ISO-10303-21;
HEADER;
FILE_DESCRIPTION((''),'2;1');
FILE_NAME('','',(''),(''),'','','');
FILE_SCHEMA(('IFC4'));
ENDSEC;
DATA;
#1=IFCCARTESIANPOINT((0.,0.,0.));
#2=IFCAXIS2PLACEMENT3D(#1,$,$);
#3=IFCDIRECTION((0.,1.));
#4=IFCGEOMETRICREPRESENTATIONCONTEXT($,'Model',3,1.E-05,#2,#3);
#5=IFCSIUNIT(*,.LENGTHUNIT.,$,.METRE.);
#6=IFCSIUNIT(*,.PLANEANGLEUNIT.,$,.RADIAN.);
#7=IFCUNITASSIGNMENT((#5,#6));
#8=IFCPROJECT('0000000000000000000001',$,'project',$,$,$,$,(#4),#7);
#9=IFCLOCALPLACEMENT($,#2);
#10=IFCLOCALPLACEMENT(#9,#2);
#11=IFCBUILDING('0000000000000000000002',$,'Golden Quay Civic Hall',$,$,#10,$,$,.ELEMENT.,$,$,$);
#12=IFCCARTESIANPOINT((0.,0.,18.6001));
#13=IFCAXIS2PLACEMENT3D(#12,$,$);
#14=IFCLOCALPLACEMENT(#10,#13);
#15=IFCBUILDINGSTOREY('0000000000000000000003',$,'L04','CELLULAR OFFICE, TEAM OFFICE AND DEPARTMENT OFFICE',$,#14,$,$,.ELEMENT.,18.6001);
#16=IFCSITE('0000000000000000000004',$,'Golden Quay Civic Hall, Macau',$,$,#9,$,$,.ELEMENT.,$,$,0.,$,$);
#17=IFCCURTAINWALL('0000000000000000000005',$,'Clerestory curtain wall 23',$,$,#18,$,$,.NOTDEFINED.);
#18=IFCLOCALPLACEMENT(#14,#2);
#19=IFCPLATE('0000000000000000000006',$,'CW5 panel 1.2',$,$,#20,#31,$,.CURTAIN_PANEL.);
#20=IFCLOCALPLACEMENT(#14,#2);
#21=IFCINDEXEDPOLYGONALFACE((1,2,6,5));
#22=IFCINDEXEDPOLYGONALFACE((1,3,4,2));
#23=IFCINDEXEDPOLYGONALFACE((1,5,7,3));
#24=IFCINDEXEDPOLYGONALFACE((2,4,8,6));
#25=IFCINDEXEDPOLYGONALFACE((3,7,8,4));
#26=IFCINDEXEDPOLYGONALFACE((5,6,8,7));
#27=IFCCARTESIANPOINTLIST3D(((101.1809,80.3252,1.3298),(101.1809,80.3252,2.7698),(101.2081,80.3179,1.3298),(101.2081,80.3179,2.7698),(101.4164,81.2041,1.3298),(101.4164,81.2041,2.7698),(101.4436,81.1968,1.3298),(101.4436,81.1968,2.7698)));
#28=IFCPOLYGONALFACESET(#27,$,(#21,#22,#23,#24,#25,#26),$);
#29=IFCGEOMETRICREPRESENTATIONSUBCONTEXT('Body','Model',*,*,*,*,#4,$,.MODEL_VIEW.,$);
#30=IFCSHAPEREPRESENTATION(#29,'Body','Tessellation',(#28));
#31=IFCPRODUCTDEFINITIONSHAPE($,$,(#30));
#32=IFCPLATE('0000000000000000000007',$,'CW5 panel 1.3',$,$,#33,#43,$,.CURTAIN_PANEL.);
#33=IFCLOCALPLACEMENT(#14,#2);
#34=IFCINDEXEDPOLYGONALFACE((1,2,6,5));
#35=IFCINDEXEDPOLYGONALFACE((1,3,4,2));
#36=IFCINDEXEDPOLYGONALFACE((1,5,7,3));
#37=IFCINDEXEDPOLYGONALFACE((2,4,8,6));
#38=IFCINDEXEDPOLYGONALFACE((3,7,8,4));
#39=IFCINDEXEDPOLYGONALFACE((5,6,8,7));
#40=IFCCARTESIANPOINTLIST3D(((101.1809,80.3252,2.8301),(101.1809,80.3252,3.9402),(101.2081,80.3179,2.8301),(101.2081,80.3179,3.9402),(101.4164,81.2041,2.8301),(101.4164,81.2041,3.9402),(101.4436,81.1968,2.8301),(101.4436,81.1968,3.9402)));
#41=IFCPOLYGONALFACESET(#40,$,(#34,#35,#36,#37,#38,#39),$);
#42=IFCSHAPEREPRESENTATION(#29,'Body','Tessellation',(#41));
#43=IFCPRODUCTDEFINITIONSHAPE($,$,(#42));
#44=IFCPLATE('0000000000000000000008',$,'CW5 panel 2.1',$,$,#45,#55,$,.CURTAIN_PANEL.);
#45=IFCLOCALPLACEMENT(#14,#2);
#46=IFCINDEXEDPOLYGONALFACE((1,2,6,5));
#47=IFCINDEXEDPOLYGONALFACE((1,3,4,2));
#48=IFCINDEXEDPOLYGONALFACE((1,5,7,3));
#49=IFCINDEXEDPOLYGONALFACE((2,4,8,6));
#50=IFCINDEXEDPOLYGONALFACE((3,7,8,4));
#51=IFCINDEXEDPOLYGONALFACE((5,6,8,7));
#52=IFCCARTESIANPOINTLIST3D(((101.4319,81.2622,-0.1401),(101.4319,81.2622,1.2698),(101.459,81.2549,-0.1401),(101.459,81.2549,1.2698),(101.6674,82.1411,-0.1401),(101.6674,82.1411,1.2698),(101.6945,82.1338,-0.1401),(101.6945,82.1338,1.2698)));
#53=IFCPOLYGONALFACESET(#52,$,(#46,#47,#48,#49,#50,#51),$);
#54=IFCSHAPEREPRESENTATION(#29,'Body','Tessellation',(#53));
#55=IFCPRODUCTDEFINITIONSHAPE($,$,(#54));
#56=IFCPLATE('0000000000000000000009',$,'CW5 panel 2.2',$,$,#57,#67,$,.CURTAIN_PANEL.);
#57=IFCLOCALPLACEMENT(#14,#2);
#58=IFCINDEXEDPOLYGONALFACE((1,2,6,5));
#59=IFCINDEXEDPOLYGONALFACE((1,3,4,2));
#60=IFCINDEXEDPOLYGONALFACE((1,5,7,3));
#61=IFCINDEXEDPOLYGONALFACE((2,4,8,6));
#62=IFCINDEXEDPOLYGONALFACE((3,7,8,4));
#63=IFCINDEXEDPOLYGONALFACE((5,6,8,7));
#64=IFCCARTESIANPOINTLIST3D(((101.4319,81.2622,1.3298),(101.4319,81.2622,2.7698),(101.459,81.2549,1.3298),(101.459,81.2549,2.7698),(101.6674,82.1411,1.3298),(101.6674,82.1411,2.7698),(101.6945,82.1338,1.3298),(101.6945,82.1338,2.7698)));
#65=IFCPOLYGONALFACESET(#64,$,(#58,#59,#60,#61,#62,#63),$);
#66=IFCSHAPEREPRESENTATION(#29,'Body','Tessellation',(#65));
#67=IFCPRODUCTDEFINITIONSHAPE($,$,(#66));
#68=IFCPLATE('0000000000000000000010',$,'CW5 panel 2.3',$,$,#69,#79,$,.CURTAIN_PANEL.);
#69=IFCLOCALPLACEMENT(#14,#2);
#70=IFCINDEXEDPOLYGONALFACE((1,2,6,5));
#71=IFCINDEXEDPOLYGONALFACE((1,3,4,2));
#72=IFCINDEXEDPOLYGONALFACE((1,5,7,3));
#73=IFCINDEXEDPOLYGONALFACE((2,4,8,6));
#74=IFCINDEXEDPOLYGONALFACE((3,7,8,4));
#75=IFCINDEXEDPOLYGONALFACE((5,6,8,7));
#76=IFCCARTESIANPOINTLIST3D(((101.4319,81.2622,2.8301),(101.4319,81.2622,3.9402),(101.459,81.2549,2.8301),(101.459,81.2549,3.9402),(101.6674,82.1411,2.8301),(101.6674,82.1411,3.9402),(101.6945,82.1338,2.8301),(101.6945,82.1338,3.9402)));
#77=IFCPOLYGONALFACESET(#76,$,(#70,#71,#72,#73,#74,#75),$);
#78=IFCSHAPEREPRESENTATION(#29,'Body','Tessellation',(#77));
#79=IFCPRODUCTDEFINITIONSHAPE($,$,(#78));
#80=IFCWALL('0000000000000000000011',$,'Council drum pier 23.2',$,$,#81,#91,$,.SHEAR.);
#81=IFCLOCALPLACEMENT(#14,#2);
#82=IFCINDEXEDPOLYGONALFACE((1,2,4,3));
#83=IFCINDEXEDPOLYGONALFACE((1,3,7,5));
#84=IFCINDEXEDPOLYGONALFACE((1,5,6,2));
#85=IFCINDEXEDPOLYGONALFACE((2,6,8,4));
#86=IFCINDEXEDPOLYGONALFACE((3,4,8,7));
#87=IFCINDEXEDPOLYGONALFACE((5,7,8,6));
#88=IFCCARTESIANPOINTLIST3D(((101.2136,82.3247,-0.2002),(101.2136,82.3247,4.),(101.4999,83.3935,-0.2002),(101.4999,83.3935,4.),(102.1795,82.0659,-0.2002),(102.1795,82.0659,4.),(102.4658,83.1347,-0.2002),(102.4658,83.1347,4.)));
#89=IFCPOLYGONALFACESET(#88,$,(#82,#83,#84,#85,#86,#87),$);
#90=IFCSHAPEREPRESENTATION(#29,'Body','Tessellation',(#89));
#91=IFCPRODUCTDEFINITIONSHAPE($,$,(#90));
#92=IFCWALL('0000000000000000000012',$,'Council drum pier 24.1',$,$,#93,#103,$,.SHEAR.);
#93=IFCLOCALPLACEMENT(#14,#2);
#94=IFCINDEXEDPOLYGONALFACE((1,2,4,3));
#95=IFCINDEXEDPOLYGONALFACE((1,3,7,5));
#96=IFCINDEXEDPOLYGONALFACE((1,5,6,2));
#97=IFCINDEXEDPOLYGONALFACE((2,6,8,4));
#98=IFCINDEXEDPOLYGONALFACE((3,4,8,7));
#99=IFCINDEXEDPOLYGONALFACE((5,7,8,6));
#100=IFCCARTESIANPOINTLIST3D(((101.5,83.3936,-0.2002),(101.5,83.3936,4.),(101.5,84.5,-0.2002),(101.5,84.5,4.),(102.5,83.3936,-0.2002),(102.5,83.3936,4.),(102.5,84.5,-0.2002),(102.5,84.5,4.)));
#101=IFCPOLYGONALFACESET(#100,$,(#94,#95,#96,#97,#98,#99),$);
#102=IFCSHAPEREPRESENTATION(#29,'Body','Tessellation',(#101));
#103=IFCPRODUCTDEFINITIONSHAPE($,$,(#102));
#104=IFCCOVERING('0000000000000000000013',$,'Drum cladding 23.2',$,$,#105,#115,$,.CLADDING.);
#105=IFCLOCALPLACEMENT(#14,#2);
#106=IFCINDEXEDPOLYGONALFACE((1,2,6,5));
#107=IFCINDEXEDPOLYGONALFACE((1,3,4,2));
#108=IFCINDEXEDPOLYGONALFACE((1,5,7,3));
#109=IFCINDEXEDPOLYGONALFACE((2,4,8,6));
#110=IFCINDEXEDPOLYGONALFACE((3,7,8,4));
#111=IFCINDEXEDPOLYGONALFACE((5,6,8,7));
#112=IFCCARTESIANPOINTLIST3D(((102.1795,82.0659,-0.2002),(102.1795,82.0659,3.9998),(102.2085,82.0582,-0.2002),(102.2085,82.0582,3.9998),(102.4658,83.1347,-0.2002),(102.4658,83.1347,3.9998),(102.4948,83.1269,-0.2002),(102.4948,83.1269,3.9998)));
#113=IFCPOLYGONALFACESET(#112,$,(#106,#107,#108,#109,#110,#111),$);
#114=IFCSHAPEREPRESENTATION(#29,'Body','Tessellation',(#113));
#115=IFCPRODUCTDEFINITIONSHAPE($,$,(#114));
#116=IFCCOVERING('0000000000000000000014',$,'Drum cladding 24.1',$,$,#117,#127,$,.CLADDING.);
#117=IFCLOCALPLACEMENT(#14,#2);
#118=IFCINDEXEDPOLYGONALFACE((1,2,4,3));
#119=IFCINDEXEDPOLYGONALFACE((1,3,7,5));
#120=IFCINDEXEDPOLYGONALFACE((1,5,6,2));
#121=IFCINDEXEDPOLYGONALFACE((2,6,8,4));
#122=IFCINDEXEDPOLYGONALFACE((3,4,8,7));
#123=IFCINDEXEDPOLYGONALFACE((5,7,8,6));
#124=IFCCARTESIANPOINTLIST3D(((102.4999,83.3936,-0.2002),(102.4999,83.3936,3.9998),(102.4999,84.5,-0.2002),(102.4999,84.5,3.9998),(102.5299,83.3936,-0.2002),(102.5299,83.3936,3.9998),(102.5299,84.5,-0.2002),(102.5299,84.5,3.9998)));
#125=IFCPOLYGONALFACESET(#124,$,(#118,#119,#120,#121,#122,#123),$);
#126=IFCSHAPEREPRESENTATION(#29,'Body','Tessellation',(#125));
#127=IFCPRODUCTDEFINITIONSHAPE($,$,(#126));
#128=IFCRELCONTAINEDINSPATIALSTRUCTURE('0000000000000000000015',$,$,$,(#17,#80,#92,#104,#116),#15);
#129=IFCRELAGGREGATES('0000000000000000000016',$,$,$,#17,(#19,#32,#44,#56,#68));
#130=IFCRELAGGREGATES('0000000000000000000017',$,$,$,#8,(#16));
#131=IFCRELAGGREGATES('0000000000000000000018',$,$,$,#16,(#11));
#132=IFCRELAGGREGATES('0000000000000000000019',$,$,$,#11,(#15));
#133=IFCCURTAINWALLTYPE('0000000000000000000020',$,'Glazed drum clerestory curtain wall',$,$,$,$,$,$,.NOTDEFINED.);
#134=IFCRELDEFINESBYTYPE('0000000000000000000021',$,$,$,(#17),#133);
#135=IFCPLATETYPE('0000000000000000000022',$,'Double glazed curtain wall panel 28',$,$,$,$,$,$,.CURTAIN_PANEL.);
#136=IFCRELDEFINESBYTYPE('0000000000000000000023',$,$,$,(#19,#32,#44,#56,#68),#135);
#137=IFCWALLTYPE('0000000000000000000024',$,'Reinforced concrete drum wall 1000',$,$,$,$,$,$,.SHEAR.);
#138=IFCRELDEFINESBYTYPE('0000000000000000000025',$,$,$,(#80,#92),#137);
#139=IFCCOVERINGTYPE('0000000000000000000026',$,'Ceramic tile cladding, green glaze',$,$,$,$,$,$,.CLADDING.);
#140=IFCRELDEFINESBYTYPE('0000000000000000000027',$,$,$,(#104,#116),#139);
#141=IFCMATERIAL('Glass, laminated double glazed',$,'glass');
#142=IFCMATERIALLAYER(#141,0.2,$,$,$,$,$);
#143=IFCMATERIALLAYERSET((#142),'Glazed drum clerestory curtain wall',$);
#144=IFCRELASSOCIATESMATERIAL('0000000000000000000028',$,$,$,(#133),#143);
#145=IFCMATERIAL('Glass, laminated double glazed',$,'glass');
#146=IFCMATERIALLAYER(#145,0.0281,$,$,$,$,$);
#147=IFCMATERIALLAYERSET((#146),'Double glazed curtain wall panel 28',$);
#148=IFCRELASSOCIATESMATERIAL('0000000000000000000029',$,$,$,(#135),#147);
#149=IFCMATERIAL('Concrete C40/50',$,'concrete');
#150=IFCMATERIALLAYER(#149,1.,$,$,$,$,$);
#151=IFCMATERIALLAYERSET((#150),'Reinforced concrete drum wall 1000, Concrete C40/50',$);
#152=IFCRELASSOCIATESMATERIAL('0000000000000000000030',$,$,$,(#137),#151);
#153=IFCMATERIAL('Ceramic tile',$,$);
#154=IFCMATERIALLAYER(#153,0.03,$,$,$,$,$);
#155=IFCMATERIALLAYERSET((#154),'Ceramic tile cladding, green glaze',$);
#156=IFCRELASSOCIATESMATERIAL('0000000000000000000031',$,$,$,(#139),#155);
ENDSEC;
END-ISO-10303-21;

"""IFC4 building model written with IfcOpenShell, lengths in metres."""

from ifc_helpers import new_model, si_unit, direction, frame, frame_2d, origin, origin_2d, place, context, subcontext, project, spatial, rectangle, extrude, material, layer, layer_set, type_object, element, aggregate, save


model = new_model("IFC4")

# Units and contexts
model_context = context("Model", 3, precision=1e-05, world=origin(), true_north=direction((0.0, 1.0)))
body_context = subcontext(model_context, "Body", "Model", "MODEL_VIEW")
ifc_project = project(units=[si_unit("LENGTHUNIT", "METRE"), si_unit("PLANEANGLEUNIT", "RADIAN")], contexts=[model_context])

# Site, building, storey
site_placement = place(None, origin())
site = spatial("IfcSite", under=ifc_project, at=site_placement, Name="Golden Quay Civic Hall, Macau", CompositionType="ELEMENT", RefElevation=0.0)
building_placement = place(site_placement, origin())
building = spatial("IfcBuilding", under=site, at=building_placement, Name="Golden Quay Civic Hall", CompositionType="ELEMENT")
storey_placement = place(building_placement, frame((0.0, 0.0, 18.6001)))
storey = spatial("IfcBuildingStorey", under=building, at=storey_placement, Name="L04", Description="CELLULAR OFFICE, TEAM OFFICE AND DEPARTMENT OFFICE", CompositionType="ELEMENT", Elevation=18.6001)

# Curtain wall
ifc_material_1 = material(Name="Glass, laminated double glazed", Category="glass")
ifc_layer_1 = layer(ifc_material_1, 0.2)
ifc_layer_set_1 = layer_set([ifc_layer_1], Name="Glazed drum clerestory curtain wall")
curtain_wall_type = type_object("IfcCurtainWallType", Name="Glazed drum clerestory curtain wall", PredefinedType="NOTDEFINED", material=ifc_layer_set_1)
curtain_wall_1_placement = place(storey_placement, origin())
curtain_wall_1 = element("IfcCurtainWall", 1, at=curtain_wall_1_placement, inside=storey, type_object=curtain_wall_type, Name="Clerestory curtain wall 23", PredefinedType="NOTDEFINED")

# Plates
ifc_material_2 = material(Name="Glass, laminated double glazed", Category="glass")
ifc_layer_2 = layer(ifc_material_2, 0.0281)
ifc_layer_set_2 = layer_set([ifc_layer_2], Name="Double glazed curtain wall panel 28")
plate_type = type_object("IfcPlateType", Name="Double glazed curtain wall panel 28", PredefinedType="CURTAIN_PANEL", material=ifc_layer_set_2)
plate_1_placement = place(storey_placement, frame((101.3123, 80.761, 1.3298), z_axis=(0.0, 0.0, 1.0), x_axis=(0.258808, 0.965929, 0.0)))
plate_1 = element("IfcPlate", 2, at=plate_1_placement, type_object=plate_type, Name="CW5 panel 1.2", PredefinedType="CURTAIN_PANEL", context=body_context, shape_type="SweptSolid", body=[
    extrude(rectangle(XDim=0.9099, YDim=0.0281, at=origin_2d()), origin(), (0.0, 0.0, 1.0), 1.4399),
])
plate_2_placement = place(storey_placement, frame((101.3123, 80.761, 2.8301), z_axis=(0.0, 0.0, 1.0), x_axis=(0.258808, 0.965929, 0.0)))
plate_2 = element("IfcPlate", 3, at=plate_2_placement, type_object=plate_type, Name="CW5 panel 1.3", PredefinedType="CURTAIN_PANEL", context=body_context, shape_type="SweptSolid", body=[
    extrude(rectangle(XDim=0.9099, YDim=0.0281, at=origin_2d()), origin(), (0.0, 0.0, 1.0), 1.1101),
])
plate_3_placement = place(storey_placement, frame((101.5632, 81.698, -0.1401), z_axis=(0.0, 0.0, 1.0), x_axis=(0.258808, 0.965929, 0.0)))
plate_3 = element("IfcPlate", 4, at=plate_3_placement, type_object=plate_type, Name="CW5 panel 2.1", PredefinedType="CURTAIN_PANEL", context=body_context, shape_type="SweptSolid", body=[
    extrude(rectangle(XDim=0.9099, YDim=0.0281, at=origin_2d()), origin(), (0.0, 0.0, 1.0), 1.4099),
])
plate_4_placement = place(storey_placement, frame((101.5632, 81.698, 1.3298), z_axis=(0.0, 0.0, 1.0), x_axis=(0.258808, 0.965929, 0.0)))
plate_4 = element("IfcPlate", 5, at=plate_4_placement, type_object=plate_type, Name="CW5 panel 2.2", PredefinedType="CURTAIN_PANEL", context=body_context, shape_type="SweptSolid", body=[
    extrude(rectangle(XDim=0.9099, YDim=0.0281, at=origin_2d()), origin(), (0.0, 0.0, 1.0), 1.4399),
])
plate_5_placement = place(storey_placement, frame((101.5632, 81.698, 2.8301), z_axis=(0.0, 0.0, 1.0), x_axis=(0.258808, 0.965929, 0.0)))
plate_5 = element("IfcPlate", 6, at=plate_5_placement, type_object=plate_type, Name="CW5 panel 2.3", PredefinedType="CURTAIN_PANEL", context=body_context, shape_type="SweptSolid", body=[
    extrude(rectangle(XDim=0.9099, YDim=0.0281, at=origin_2d()), origin(), (0.0, 0.0, 1.0), 1.1101),
])
aggregate(curtain_wall_1, [plate_1, plate_2, plate_3, plate_4, plate_5])

# Walls
ifc_material_3 = material(Name="Concrete C40/50", Category="concrete")
ifc_layer_3 = layer(ifc_material_3, 1.0)
ifc_layer_set_3 = layer_set([ifc_layer_3], Name="Reinforced concrete drum wall 1000, Concrete C40/50")
wall_type = type_object("IfcWallType", Name="Reinforced concrete drum wall 1000", PredefinedType="SHEAR", material=ifc_layer_set_3)
for number, where, z_axis, x_axis, name in (
    (7, (101.6965, 82.1953, -0.2002), (0.0, 0.0, 1.0), (0.258802, 0.96593, 0.0), "Council drum pier 23.2"),
    (8, (102.0, 83.3936, -0.2002), (0.0, 0.0, 1.0), (0.0, 1.0, 0.0), "Council drum pier 24.1"),
):
    element("IfcWall", number, at=place(storey_placement, frame(where, z_axis=z_axis, x_axis=x_axis)), inside=storey, type_object=wall_type, Name=name, PredefinedType="SHEAR", context=body_context, shape_type="SweptSolid", body=[
        extrude(rectangle(XDim=1.1064, YDim=1.0, at=frame_2d((0.5532, 0.0))), origin(), (0.0, 0.0, 1.0), 4.2002),
    ])

# Coverings
ifc_material_4 = material(Name="Ceramic tile")
ifc_layer_4 = layer(ifc_material_4, 0.03)
ifc_layer_set_4 = layer_set([ifc_layer_4], Name="Ceramic tile cladding, green glaze")
covering_type = type_object("IfcCoveringType", Name="Ceramic tile cladding, green glaze", PredefinedType="CLADDING", material=ifc_layer_set_4)
for number, where, z_axis, x_axis, name in (
    (9, (102.3372, 82.5964, -0.2002), (0.0, 0.0, 1.0), (0.258819, 0.965926, 0.0), "Drum cladding 23.2"),
    (10, (102.5149, 83.9468, -0.2002), (0.0, 0.0, 1.0), (0.0, 1.0, 0.0), "Drum cladding 24.1"),
):
    element("IfcCovering", number, at=place(storey_placement, frame(where, z_axis=z_axis, x_axis=x_axis)), inside=storey, type_object=covering_type, Name=name, PredefinedType="CLADDING", context=body_context, shape_type="SweptSolid", body=[
        extrude(rectangle(XDim=1.1064, YDim=0.03, at=origin_2d()), origin(), (0.0, 0.0, 1.0), 4.2),
    ])

save(model, "model.ifc")
